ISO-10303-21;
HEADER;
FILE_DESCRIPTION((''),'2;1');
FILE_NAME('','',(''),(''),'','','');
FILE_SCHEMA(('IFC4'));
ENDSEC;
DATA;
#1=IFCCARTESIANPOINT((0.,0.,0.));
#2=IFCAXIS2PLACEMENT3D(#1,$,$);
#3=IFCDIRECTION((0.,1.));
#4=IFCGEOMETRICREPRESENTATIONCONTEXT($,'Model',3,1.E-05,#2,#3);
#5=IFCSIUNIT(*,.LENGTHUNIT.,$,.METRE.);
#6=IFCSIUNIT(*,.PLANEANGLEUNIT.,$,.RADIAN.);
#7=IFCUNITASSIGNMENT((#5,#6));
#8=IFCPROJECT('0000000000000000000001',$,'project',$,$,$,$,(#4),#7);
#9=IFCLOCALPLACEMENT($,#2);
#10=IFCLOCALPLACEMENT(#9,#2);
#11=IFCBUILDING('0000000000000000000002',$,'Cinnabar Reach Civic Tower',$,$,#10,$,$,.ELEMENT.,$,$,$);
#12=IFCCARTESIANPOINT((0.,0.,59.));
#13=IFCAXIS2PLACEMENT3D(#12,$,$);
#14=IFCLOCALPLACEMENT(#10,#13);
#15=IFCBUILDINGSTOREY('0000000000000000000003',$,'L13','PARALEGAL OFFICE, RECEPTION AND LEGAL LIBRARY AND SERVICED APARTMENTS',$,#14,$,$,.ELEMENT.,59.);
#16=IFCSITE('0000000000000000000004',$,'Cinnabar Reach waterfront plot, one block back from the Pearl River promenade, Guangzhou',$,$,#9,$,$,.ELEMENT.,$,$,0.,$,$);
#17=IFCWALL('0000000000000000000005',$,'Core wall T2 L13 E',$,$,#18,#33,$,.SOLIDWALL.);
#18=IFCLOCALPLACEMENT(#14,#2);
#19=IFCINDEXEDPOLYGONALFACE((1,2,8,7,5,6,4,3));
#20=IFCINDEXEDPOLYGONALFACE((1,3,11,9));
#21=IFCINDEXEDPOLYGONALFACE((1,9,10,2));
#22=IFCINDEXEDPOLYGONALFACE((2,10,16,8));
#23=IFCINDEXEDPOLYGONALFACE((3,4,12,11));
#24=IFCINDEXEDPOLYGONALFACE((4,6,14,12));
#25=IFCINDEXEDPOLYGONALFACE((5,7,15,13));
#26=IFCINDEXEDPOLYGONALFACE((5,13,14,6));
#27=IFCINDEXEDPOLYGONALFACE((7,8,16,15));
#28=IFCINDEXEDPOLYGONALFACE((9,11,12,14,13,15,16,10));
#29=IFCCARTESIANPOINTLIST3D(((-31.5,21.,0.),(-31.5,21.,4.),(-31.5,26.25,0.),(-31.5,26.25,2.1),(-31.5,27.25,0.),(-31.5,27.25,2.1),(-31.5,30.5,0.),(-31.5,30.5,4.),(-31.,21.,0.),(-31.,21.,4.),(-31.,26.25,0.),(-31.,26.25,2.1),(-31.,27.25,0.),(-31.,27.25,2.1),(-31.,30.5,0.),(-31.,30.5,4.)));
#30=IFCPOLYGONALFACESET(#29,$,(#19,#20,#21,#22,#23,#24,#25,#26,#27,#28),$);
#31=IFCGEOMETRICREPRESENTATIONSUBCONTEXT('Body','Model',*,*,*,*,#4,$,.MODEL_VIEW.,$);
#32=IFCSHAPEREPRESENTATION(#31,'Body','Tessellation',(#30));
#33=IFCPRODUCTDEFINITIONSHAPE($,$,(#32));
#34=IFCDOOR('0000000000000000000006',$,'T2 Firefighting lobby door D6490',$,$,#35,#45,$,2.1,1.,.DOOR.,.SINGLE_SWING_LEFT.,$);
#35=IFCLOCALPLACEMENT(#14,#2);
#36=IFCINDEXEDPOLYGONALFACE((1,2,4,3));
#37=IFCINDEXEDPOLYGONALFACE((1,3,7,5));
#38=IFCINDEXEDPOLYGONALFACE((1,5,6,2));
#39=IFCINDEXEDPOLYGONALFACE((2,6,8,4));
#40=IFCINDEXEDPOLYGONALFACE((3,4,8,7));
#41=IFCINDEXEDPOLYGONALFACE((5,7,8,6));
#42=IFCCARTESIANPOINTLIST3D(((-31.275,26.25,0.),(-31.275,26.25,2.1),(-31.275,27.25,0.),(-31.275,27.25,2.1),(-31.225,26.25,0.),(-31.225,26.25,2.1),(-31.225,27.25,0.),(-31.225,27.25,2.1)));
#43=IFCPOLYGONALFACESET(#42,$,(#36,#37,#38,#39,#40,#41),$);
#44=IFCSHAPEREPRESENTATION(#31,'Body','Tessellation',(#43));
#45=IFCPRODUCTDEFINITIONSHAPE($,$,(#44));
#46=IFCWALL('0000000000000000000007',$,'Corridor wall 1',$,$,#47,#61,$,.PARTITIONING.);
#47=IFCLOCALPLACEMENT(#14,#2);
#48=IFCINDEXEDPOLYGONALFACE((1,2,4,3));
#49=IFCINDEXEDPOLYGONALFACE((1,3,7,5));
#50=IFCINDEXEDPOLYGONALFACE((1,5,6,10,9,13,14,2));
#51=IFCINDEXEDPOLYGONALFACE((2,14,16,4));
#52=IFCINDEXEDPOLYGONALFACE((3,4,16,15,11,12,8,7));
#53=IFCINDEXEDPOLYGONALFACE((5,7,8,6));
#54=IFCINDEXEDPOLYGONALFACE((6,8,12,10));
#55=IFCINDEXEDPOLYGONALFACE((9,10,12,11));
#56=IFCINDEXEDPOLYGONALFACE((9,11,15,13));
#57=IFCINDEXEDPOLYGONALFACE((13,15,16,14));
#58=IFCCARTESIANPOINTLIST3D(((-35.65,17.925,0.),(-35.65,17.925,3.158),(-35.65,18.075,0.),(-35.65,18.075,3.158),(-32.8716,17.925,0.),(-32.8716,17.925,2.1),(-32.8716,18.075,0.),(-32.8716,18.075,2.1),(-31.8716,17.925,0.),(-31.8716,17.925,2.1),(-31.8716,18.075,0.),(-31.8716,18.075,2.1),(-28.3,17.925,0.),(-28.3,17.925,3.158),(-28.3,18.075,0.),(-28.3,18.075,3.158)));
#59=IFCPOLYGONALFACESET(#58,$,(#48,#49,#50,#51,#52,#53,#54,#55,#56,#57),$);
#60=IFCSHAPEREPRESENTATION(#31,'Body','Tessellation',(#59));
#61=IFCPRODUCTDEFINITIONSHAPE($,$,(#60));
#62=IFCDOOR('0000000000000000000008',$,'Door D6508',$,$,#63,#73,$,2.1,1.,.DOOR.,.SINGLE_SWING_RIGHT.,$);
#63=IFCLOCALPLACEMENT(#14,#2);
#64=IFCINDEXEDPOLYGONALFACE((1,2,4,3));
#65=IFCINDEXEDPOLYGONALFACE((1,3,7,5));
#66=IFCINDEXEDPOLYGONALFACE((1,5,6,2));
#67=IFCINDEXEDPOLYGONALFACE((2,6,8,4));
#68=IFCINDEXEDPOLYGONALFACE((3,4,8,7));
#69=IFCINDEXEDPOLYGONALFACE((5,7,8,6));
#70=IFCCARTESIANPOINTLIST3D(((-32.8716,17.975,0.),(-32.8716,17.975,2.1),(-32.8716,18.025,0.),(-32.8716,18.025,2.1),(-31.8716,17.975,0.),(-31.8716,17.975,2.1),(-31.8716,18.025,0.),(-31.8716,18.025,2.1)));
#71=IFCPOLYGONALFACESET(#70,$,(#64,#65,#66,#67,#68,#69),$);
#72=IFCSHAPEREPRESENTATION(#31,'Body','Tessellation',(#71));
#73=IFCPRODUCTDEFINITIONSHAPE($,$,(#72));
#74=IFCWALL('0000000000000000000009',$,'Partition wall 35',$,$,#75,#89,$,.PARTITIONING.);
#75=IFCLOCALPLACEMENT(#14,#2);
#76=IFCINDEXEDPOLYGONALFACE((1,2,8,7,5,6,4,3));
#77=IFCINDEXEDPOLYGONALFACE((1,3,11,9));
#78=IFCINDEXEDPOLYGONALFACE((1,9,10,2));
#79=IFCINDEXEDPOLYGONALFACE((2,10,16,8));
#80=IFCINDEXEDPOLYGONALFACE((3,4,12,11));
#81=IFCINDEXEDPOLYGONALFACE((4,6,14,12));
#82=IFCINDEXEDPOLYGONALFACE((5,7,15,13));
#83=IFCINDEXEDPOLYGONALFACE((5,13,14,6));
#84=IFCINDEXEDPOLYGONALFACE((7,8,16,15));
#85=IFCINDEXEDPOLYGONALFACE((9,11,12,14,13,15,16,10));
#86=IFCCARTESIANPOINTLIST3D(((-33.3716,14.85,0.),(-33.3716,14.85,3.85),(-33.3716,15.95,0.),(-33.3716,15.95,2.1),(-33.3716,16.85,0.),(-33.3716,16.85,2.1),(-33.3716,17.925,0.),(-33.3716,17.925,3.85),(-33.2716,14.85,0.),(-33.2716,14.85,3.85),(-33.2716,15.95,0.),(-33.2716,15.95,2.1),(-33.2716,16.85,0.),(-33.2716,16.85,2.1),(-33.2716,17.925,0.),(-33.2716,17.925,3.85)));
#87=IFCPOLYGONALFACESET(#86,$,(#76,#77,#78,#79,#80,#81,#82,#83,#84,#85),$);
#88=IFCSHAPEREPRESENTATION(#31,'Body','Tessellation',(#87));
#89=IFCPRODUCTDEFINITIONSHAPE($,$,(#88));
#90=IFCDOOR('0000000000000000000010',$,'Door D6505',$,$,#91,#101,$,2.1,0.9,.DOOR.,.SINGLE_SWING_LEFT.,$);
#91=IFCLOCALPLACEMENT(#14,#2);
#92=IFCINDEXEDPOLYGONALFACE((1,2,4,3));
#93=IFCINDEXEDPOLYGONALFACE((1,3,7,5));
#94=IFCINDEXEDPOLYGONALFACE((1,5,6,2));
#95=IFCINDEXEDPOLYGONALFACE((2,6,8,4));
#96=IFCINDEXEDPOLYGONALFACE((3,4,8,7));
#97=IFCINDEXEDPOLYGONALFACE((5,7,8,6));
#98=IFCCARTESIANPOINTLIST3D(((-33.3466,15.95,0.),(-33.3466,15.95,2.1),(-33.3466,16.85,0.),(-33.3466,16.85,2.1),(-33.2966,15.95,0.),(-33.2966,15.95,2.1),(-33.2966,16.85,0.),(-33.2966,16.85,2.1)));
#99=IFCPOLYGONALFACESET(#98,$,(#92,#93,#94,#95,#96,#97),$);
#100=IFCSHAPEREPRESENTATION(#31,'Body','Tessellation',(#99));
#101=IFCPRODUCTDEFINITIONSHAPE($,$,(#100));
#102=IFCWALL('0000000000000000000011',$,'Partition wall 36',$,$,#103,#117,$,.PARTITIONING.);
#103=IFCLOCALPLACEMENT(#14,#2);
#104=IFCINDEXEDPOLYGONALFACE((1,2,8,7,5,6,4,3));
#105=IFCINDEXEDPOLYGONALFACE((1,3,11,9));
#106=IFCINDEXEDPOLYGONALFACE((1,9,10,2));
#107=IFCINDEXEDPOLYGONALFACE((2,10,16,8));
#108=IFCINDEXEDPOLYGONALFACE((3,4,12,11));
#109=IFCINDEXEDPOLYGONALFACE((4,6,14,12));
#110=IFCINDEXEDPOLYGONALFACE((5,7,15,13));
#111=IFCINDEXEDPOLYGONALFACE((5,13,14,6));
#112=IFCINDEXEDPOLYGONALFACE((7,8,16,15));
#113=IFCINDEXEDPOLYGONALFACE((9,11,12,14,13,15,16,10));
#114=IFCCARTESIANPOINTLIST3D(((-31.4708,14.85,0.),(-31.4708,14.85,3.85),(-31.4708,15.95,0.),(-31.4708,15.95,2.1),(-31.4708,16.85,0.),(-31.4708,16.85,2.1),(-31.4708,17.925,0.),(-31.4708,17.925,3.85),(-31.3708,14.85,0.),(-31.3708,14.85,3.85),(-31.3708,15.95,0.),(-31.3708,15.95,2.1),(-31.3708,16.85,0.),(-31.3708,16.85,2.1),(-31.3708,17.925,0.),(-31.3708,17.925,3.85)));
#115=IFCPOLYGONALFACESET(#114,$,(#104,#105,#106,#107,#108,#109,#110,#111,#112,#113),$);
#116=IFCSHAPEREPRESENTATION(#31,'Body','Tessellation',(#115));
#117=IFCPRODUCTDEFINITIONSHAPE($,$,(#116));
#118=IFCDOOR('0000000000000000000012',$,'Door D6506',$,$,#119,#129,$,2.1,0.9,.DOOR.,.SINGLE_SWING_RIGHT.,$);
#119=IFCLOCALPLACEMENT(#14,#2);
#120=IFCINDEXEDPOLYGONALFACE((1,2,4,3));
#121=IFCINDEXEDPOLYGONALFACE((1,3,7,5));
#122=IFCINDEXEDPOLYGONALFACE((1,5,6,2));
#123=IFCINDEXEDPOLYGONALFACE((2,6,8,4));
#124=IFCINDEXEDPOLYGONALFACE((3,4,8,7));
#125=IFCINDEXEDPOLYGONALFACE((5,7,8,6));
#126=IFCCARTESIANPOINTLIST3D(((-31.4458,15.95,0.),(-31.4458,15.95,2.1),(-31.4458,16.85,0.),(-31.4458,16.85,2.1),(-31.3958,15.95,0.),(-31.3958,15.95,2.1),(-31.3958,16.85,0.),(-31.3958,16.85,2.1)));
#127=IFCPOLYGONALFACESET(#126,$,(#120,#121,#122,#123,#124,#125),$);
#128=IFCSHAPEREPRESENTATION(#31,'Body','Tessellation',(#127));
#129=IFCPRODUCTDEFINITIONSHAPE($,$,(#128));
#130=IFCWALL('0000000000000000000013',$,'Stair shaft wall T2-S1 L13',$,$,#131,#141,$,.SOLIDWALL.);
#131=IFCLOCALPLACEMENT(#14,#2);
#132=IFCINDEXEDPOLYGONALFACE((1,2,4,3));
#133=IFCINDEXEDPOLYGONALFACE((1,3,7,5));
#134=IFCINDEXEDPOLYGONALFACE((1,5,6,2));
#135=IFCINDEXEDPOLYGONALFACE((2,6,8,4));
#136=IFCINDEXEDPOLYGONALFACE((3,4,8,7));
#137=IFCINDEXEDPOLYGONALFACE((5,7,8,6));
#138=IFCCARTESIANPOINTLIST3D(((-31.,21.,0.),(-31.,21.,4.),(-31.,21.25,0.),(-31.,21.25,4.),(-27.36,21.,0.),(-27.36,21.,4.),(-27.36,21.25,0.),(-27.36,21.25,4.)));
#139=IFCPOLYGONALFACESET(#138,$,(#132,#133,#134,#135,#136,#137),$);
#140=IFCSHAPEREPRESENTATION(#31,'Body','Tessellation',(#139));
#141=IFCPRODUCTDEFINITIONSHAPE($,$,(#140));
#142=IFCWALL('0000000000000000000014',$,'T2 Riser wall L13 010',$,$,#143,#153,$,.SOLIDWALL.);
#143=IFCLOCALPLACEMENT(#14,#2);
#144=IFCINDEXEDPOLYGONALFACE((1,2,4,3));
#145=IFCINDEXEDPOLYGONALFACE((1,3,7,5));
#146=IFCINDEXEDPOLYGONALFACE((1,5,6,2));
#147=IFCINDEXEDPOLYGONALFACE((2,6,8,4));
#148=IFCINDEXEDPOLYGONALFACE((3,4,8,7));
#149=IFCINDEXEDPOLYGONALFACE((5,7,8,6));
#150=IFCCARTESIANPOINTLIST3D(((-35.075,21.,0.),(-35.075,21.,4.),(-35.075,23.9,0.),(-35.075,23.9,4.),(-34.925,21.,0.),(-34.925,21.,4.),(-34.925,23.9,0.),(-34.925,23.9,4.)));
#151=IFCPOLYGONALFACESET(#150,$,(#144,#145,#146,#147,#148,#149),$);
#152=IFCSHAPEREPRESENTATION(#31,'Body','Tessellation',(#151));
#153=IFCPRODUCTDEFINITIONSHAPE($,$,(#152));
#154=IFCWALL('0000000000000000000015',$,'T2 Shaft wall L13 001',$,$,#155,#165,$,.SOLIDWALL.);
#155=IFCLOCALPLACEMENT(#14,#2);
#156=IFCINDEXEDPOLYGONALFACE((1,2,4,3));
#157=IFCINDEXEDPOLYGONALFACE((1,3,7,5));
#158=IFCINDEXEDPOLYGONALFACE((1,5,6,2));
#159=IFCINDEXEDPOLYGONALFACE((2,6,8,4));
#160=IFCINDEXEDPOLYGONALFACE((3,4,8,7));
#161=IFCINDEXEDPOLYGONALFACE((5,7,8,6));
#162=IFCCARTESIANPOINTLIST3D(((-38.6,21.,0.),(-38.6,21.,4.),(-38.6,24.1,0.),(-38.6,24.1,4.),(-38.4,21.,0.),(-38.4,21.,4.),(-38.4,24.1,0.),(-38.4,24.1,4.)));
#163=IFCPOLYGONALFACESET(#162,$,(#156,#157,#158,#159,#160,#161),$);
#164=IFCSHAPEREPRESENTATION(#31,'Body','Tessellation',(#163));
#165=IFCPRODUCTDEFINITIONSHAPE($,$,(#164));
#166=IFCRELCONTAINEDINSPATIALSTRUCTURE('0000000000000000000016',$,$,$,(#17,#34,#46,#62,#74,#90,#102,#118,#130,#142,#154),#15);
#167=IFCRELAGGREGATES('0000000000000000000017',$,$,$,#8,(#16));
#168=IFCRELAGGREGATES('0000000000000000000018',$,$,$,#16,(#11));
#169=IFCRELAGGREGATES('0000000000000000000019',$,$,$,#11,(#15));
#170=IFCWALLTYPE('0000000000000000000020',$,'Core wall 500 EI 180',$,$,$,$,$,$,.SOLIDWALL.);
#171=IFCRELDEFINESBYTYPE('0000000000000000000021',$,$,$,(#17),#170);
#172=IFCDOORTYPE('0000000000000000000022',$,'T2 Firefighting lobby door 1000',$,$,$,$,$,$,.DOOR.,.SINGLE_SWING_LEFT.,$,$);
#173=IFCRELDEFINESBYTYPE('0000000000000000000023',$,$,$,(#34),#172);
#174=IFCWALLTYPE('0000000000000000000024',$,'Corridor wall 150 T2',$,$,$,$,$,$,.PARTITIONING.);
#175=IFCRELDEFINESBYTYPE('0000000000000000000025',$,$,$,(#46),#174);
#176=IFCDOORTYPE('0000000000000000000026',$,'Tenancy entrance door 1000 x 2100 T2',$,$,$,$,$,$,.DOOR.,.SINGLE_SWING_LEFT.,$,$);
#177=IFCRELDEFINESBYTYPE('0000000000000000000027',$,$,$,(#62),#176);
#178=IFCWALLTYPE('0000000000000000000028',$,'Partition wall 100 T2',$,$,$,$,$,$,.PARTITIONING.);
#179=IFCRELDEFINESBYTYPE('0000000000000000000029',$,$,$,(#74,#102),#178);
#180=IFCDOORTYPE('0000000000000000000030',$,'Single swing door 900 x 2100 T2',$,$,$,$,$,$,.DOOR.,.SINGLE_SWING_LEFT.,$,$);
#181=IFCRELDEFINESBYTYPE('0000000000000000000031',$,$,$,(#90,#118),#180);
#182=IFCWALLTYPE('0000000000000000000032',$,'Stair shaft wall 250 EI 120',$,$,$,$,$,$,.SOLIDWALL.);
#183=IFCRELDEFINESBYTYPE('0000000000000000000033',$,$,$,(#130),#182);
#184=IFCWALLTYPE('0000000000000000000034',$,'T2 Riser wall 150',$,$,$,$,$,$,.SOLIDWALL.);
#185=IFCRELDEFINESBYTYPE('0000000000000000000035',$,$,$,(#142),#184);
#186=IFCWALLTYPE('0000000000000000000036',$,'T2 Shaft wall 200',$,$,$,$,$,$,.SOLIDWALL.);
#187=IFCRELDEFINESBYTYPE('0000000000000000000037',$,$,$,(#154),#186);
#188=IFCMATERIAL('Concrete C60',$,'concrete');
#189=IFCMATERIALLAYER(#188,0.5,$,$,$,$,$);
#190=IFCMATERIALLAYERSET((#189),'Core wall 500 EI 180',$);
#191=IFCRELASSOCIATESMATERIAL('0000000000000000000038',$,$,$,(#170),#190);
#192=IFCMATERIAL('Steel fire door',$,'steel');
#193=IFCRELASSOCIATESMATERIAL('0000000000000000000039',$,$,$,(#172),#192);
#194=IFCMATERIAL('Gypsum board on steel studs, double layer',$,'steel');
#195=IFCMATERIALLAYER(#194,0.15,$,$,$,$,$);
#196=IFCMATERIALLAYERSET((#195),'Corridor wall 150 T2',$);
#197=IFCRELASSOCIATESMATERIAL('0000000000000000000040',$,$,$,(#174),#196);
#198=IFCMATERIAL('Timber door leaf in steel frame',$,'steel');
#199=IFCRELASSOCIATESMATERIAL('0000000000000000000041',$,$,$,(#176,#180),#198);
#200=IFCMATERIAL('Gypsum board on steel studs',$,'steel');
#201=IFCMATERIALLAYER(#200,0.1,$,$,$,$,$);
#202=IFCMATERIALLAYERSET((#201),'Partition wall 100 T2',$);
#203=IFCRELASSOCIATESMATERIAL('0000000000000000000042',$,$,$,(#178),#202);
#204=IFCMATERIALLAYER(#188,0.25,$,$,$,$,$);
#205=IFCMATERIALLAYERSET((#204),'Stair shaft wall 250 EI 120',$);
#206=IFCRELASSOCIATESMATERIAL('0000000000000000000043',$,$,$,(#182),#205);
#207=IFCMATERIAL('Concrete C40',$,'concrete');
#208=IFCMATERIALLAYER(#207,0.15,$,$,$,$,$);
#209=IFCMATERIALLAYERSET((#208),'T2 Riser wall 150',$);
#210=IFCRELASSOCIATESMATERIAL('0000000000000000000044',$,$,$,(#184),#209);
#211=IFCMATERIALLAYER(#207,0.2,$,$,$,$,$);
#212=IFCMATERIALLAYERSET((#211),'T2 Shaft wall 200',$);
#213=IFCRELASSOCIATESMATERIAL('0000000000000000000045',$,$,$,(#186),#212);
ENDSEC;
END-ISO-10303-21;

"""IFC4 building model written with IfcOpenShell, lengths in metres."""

from ifc_helpers import new_model, si_unit, direction, frame, frame_2d, origin, place, context, subcontext, project, spatial, rectangle, extrude, material, layer, layer_set, type_object, element, fill, save


model = new_model("IFC4")

# Units and contexts
model_context = context("Model", 3, precision=1e-05, world=origin(), true_north=direction((0.0, 1.0)))
body_context = subcontext(model_context, "Body", "Model", "MODEL_VIEW")
ifc_project = project(units=[si_unit("LENGTHUNIT", "METRE"), si_unit("PLANEANGLEUNIT", "RADIAN")], contexts=[model_context])

# Site, building, storey
site_placement = place(None, origin())
site = spatial("IfcSite", under=ifc_project, at=site_placement, Name="Cinnabar Reach waterfront plot, one block back from the Pearl River promenade, Guangzhou", CompositionType="ELEMENT", RefElevation=0.0)
building_placement = place(site_placement, origin())
building = spatial("IfcBuilding", under=site, at=building_placement, Name="Cinnabar Reach Civic Tower", CompositionType="ELEMENT")
storey_placement = place(building_placement, frame((0.0, 0.0, 59.0)))
storey = spatial("IfcBuildingStorey", under=building, at=storey_placement, Name="L13", Description="PARALEGAL OFFICE, RECEPTION AND LEGAL LIBRARY AND SERVICED APARTMENTS", CompositionType="ELEMENT", Elevation=59.0)

# Shared definitions
ifc_material_1 = material(Name="Concrete C60", Category="concrete")

# Shared definitions
ifc_material_2 = material(Name="Concrete C40", Category="concrete")

# Walls, openings, doors
ifc_layer_1 = layer(ifc_material_1, 0.5)
ifc_layer_set_1 = layer_set([ifc_layer_1], Name="Core wall 500 EI 180")
wall_type_1 = type_object("IfcWallType", Name="Core wall 500 EI 180", PredefinedType="SOLIDWALL", material=ifc_layer_set_1)
wall_1_placement = place(storey_placement, frame((-31.25, 21.0, 0.0), z_axis=(0.0, 0.0, 1.0), x_axis=(0.0, 1.0, 0.0)))
wall_1 = element("IfcWall", 1, at=wall_1_placement, inside=storey, type_object=wall_type_1, Name="Core wall T2 L13 E", PredefinedType="SOLIDWALL", context=body_context, shape_type="SweptSolid", body=[
    extrude(rectangle(XDim=9.5, YDim=0.5, at=frame_2d((4.75, 0.0))), origin(), (0.0, 0.0, 1.0), 4.0),
])
opening_1_placement = place(wall_1_placement, frame((5.25, 0.0, 0.0)))
opening_1 = element("IfcOpeningElement", 2, at=opening_1_placement, cuts=wall_1, PredefinedType="OPENING", context=body_context, shape_type="SweptSolid", body=[
    extrude(rectangle(XDim=1.0, YDim=2.1, at=frame_2d((0.5, 1.05))), frame((0.0, 0.26, 0.0), z_axis=(0.0, -1.0, 0.0), x_axis=(1.0, 0.0, 0.0)), (0.0, 0.0, 1.0), 0.52),
])
ifc_material_3 = material(Name="Steel fire door", Category="steel")
door_type_1 = type_object("IfcDoorType", Name="T2 Firefighting lobby door 1000", OperationType="SINGLE_SWING_LEFT", PredefinedType="DOOR", material=ifc_material_3)
door_1_placement = place(opening_1_placement, frame((1.0, 0.0, 0.0), z_axis=(0.0, 0.0, 1.0), x_axis=(-1.0, 0.0, 0.0)))
door_1 = element("IfcDoor", 3, at=door_1_placement, inside=storey, type_object=door_type_1, Name="T2 Firefighting lobby door D6490", OperationType="SINGLE_SWING_LEFT", OverallHeight=2.1, OverallWidth=1.0, PredefinedType="DOOR", context=body_context, shape_type="SweptSolid", body=[
    extrude(rectangle(XDim=1.0, YDim=2.1, at=frame_2d((0.5, 1.05))), frame((0.0, 0.025, 0.0), z_axis=(0.0, -1.0, 0.0), x_axis=(1.0, 0.0, 0.0)), (0.0, 0.0, 1.0), 0.05),
])
fill(opening_1, door_1)
ifc_material_4 = material(Name="Gypsum board on steel studs, double layer", Category="steel")
ifc_layer_2 = layer(ifc_material_4, 0.15)
ifc_layer_set_2 = layer_set([ifc_layer_2], Name="Corridor wall 150 T2")
wall_type_2 = type_object("IfcWallType", Name="Corridor wall 150 T2", PredefinedType="PARTITIONING", material=ifc_layer_set_2)
wall_2_placement = place(storey_placement, frame((-35.65, 18.0, 0.0), z_axis=(0.0, 0.0, 1.0), x_axis=(1.0, 0.0, 0.0)))
wall_2 = element("IfcWall", 4, at=wall_2_placement, inside=storey, type_object=wall_type_2, Name="Corridor wall 1", PredefinedType="PARTITIONING", context=body_context, shape_type="SweptSolid", body=[
    extrude(rectangle(XDim=7.35, YDim=0.15, at=frame_2d((3.675, 0.0))), origin(), (0.0, 0.0, 1.0), 3.158),
])
opening_2_placement = place(wall_2_placement, frame((2.7784, 0.0, 0.0)))
opening_2 = element("IfcOpeningElement", 5, at=opening_2_placement, cuts=wall_2, PredefinedType="OPENING", context=body_context, shape_type="SweptSolid", body=[
    extrude(rectangle(XDim=1.0, YDim=2.1, at=frame_2d((0.5, 1.05))), frame((0.0, 0.085, 0.0), z_axis=(0.0, -1.0, 0.0), x_axis=(1.0, 0.0, 0.0)), (0.0, 0.0, 1.0), 0.17),
])
ifc_material_5 = material(Name="Timber door leaf in steel frame", Category="steel")
door_type_2 = type_object("IfcDoorType", Name="Tenancy entrance door 1000 x 2100 T2", OperationType="SINGLE_SWING_LEFT", PredefinedType="DOOR", material=ifc_material_5)
door_2_placement = place(opening_2_placement, frame((1.0, 0.0, 0.0), z_axis=(0.0, 0.0, 1.0), x_axis=(-1.0, 0.0, 0.0)))
door_2 = element("IfcDoor", 6, at=door_2_placement, inside=storey, type_object=door_type_2, Name="Door D6508", OperationType="SINGLE_SWING_RIGHT", OverallHeight=2.1, OverallWidth=1.0, PredefinedType="DOOR", context=body_context, shape_type="SweptSolid", body=[
    extrude(rectangle(XDim=1.0, YDim=2.1, at=frame_2d((0.5, 1.05))), frame((0.0, 0.025, 0.0), z_axis=(0.0, -1.0, 0.0), x_axis=(1.0, 0.0, 0.0)), (0.0, 0.0, 1.0), 0.05),
])
fill(opening_2, door_2)
ifc_material_6 = material(Name="Gypsum board on steel studs", Category="steel")
ifc_layer_3 = layer(ifc_material_6, 0.1)
ifc_layer_set_3 = layer_set([ifc_layer_3], Name="Partition wall 100 T2")
wall_type_3 = type_object("IfcWallType", Name="Partition wall 100 T2", PredefinedType="PARTITIONING", material=ifc_layer_set_3)
wall_3_placement = place(storey_placement, frame((-33.3216, 14.85, 0.0), z_axis=(0.0, 0.0, 1.0), x_axis=(0.0, 1.0, 0.0)))
wall_3 = element("IfcWall", 7, at=wall_3_placement, inside=storey, type_object=wall_type_3, Name="Partition wall 35", PredefinedType="PARTITIONING", context=body_context, shape_type="SweptSolid", body=[
    extrude(rectangle(XDim=3.075, YDim=0.1, at=frame_2d((1.5375, 0.0))), origin(), (0.0, 0.0, 1.0), 3.85),
])
opening_3_placement = place(wall_3_placement, frame((1.1, 0.0, 0.0)))
opening_3 = element("IfcOpeningElement", 8, at=opening_3_placement, cuts=wall_3, PredefinedType="OPENING", context=body_context, shape_type="SweptSolid", body=[
    extrude(rectangle(XDim=0.9, YDim=2.1, at=frame_2d((0.45, 1.05))), frame((0.0, 0.06, 0.0), z_axis=(0.0, -1.0, 0.0), x_axis=(1.0, 0.0, 0.0)), (0.0, 0.0, 1.0), 0.12),
])
door_type_3 = type_object("IfcDoorType", Name="Single swing door 900 x 2100 T2", OperationType="SINGLE_SWING_LEFT", PredefinedType="DOOR", material=ifc_material_5)
door_3_placement = place(opening_3_placement, origin())
door_3 = element("IfcDoor", 9, at=door_3_placement, inside=storey, type_object=door_type_3, Name="Door D6505", OperationType="SINGLE_SWING_LEFT", OverallHeight=2.1, OverallWidth=0.9, PredefinedType="DOOR", context=body_context, shape_type="SweptSolid", body=[
    extrude(rectangle(XDim=0.9, YDim=2.1, at=frame_2d((0.45, 1.05))), frame((0.0, 0.025, 0.0), z_axis=(0.0, -1.0, 0.0), x_axis=(1.0, 0.0, 0.0)), (0.0, 0.0, 1.0), 0.05),
])
fill(opening_3, door_3)
wall_4_placement = place(storey_placement, frame((-31.4208, 14.85, 0.0), z_axis=(0.0, 0.0, 1.0), x_axis=(0.0, 1.0, 0.0)))
wall_4 = element("IfcWall", 10, at=wall_4_placement, inside=storey, type_object=wall_type_3, Name="Partition wall 36", PredefinedType="PARTITIONING", context=body_context, shape_type="SweptSolid", body=[
    extrude(rectangle(XDim=3.075, YDim=0.1, at=frame_2d((1.5375, 0.0))), origin(), (0.0, 0.0, 1.0), 3.85),
])
opening_4_placement = place(wall_4_placement, frame((1.1, 0.0, 0.0)))
opening_4 = element("IfcOpeningElement", 11, at=opening_4_placement, cuts=wall_4, PredefinedType="OPENING", context=body_context, shape_type="SweptSolid", body=[
    extrude(rectangle(XDim=0.9, YDim=2.1, at=frame_2d((0.45, 1.05))), frame((0.0, 0.06, 0.0), z_axis=(0.0, -1.0, 0.0), x_axis=(1.0, 0.0, 0.0)), (0.0, 0.0, 1.0), 0.12),
])
door_4_placement = place(opening_4_placement, origin())
door_4 = element("IfcDoor", 12, at=door_4_placement, inside=storey, type_object=door_type_3, Name="Door D6506", OperationType="SINGLE_SWING_RIGHT", OverallHeight=2.1, OverallWidth=0.9, PredefinedType="DOOR", context=body_context, shape_type="SweptSolid", body=[
    extrude(rectangle(XDim=0.9, YDim=2.1, at=frame_2d((0.45, 1.05))), frame((0.0, 0.025, 0.0), z_axis=(0.0, -1.0, 0.0), x_axis=(1.0, 0.0, 0.0)), (0.0, 0.0, 1.0), 0.05),
])
fill(opening_4, door_4)

# Walls
ifc_layer_4 = layer(ifc_material_1, 0.25)
ifc_layer_set_4 = layer_set([ifc_layer_4], Name="Stair shaft wall 250 EI 120")
wall_type_4 = type_object("IfcWallType", Name="Stair shaft wall 250 EI 120", PredefinedType="SOLIDWALL", material=ifc_layer_set_4)
wall_5_placement = place(storey_placement, frame((-31.0, 21.125, 0.0), z_axis=(0.0, 0.0, 1.0), x_axis=(1.0, 0.0, 0.0)))
element("IfcWall", 13, at=wall_5_placement, inside=storey, type_object=wall_type_4, Name="Stair shaft wall T2-S1 L13", PredefinedType="SOLIDWALL", context=body_context, shape_type="SweptSolid", body=[
    extrude(rectangle(XDim=3.64, YDim=0.25, at=frame_2d((1.82, 0.0))), origin(), (0.0, 0.0, 1.0), 4.0),
])
ifc_layer_5 = layer(ifc_material_2, 0.15)
ifc_layer_set_5 = layer_set([ifc_layer_5], Name="T2 Riser wall 150")
wall_type_5 = type_object("IfcWallType", Name="T2 Riser wall 150", PredefinedType="SOLIDWALL", material=ifc_layer_set_5)
wall_6_placement = place(storey_placement, frame((-35.0, 21.0, 0.0), z_axis=(0.0, 0.0, 1.0), x_axis=(0.0, 1.0, 0.0)))
element("IfcWall", 14, at=wall_6_placement, inside=storey, type_object=wall_type_5, Name="T2 Riser wall L13 010", PredefinedType="SOLIDWALL", context=body_context, shape_type="SweptSolid", body=[
    extrude(rectangle(XDim=2.9, YDim=0.15, at=frame_2d((1.45, 0.0))), origin(), (0.0, 0.0, 1.0), 4.0),
])
ifc_layer_6 = layer(ifc_material_2, 0.2)
ifc_layer_set_6 = layer_set([ifc_layer_6], Name="T2 Shaft wall 200")
wall_type_6 = type_object("IfcWallType", Name="T2 Shaft wall 200", PredefinedType="SOLIDWALL", material=ifc_layer_set_6)
wall_7_placement = place(storey_placement, frame((-38.5, 21.0, 0.0), z_axis=(0.0, 0.0, 1.0), x_axis=(0.0, 1.0, 0.0)))
element("IfcWall", 15, at=wall_7_placement, inside=storey, type_object=wall_type_6, Name="T2 Shaft wall L13 001", PredefinedType="SOLIDWALL", context=body_context, shape_type="SweptSolid", body=[
    extrude(rectangle(XDim=3.1, YDim=0.2, at=frame_2d((1.55, 0.0))), origin(), (0.0, 0.0, 1.0), 4.0),
])

save(model, "model.ifc")
